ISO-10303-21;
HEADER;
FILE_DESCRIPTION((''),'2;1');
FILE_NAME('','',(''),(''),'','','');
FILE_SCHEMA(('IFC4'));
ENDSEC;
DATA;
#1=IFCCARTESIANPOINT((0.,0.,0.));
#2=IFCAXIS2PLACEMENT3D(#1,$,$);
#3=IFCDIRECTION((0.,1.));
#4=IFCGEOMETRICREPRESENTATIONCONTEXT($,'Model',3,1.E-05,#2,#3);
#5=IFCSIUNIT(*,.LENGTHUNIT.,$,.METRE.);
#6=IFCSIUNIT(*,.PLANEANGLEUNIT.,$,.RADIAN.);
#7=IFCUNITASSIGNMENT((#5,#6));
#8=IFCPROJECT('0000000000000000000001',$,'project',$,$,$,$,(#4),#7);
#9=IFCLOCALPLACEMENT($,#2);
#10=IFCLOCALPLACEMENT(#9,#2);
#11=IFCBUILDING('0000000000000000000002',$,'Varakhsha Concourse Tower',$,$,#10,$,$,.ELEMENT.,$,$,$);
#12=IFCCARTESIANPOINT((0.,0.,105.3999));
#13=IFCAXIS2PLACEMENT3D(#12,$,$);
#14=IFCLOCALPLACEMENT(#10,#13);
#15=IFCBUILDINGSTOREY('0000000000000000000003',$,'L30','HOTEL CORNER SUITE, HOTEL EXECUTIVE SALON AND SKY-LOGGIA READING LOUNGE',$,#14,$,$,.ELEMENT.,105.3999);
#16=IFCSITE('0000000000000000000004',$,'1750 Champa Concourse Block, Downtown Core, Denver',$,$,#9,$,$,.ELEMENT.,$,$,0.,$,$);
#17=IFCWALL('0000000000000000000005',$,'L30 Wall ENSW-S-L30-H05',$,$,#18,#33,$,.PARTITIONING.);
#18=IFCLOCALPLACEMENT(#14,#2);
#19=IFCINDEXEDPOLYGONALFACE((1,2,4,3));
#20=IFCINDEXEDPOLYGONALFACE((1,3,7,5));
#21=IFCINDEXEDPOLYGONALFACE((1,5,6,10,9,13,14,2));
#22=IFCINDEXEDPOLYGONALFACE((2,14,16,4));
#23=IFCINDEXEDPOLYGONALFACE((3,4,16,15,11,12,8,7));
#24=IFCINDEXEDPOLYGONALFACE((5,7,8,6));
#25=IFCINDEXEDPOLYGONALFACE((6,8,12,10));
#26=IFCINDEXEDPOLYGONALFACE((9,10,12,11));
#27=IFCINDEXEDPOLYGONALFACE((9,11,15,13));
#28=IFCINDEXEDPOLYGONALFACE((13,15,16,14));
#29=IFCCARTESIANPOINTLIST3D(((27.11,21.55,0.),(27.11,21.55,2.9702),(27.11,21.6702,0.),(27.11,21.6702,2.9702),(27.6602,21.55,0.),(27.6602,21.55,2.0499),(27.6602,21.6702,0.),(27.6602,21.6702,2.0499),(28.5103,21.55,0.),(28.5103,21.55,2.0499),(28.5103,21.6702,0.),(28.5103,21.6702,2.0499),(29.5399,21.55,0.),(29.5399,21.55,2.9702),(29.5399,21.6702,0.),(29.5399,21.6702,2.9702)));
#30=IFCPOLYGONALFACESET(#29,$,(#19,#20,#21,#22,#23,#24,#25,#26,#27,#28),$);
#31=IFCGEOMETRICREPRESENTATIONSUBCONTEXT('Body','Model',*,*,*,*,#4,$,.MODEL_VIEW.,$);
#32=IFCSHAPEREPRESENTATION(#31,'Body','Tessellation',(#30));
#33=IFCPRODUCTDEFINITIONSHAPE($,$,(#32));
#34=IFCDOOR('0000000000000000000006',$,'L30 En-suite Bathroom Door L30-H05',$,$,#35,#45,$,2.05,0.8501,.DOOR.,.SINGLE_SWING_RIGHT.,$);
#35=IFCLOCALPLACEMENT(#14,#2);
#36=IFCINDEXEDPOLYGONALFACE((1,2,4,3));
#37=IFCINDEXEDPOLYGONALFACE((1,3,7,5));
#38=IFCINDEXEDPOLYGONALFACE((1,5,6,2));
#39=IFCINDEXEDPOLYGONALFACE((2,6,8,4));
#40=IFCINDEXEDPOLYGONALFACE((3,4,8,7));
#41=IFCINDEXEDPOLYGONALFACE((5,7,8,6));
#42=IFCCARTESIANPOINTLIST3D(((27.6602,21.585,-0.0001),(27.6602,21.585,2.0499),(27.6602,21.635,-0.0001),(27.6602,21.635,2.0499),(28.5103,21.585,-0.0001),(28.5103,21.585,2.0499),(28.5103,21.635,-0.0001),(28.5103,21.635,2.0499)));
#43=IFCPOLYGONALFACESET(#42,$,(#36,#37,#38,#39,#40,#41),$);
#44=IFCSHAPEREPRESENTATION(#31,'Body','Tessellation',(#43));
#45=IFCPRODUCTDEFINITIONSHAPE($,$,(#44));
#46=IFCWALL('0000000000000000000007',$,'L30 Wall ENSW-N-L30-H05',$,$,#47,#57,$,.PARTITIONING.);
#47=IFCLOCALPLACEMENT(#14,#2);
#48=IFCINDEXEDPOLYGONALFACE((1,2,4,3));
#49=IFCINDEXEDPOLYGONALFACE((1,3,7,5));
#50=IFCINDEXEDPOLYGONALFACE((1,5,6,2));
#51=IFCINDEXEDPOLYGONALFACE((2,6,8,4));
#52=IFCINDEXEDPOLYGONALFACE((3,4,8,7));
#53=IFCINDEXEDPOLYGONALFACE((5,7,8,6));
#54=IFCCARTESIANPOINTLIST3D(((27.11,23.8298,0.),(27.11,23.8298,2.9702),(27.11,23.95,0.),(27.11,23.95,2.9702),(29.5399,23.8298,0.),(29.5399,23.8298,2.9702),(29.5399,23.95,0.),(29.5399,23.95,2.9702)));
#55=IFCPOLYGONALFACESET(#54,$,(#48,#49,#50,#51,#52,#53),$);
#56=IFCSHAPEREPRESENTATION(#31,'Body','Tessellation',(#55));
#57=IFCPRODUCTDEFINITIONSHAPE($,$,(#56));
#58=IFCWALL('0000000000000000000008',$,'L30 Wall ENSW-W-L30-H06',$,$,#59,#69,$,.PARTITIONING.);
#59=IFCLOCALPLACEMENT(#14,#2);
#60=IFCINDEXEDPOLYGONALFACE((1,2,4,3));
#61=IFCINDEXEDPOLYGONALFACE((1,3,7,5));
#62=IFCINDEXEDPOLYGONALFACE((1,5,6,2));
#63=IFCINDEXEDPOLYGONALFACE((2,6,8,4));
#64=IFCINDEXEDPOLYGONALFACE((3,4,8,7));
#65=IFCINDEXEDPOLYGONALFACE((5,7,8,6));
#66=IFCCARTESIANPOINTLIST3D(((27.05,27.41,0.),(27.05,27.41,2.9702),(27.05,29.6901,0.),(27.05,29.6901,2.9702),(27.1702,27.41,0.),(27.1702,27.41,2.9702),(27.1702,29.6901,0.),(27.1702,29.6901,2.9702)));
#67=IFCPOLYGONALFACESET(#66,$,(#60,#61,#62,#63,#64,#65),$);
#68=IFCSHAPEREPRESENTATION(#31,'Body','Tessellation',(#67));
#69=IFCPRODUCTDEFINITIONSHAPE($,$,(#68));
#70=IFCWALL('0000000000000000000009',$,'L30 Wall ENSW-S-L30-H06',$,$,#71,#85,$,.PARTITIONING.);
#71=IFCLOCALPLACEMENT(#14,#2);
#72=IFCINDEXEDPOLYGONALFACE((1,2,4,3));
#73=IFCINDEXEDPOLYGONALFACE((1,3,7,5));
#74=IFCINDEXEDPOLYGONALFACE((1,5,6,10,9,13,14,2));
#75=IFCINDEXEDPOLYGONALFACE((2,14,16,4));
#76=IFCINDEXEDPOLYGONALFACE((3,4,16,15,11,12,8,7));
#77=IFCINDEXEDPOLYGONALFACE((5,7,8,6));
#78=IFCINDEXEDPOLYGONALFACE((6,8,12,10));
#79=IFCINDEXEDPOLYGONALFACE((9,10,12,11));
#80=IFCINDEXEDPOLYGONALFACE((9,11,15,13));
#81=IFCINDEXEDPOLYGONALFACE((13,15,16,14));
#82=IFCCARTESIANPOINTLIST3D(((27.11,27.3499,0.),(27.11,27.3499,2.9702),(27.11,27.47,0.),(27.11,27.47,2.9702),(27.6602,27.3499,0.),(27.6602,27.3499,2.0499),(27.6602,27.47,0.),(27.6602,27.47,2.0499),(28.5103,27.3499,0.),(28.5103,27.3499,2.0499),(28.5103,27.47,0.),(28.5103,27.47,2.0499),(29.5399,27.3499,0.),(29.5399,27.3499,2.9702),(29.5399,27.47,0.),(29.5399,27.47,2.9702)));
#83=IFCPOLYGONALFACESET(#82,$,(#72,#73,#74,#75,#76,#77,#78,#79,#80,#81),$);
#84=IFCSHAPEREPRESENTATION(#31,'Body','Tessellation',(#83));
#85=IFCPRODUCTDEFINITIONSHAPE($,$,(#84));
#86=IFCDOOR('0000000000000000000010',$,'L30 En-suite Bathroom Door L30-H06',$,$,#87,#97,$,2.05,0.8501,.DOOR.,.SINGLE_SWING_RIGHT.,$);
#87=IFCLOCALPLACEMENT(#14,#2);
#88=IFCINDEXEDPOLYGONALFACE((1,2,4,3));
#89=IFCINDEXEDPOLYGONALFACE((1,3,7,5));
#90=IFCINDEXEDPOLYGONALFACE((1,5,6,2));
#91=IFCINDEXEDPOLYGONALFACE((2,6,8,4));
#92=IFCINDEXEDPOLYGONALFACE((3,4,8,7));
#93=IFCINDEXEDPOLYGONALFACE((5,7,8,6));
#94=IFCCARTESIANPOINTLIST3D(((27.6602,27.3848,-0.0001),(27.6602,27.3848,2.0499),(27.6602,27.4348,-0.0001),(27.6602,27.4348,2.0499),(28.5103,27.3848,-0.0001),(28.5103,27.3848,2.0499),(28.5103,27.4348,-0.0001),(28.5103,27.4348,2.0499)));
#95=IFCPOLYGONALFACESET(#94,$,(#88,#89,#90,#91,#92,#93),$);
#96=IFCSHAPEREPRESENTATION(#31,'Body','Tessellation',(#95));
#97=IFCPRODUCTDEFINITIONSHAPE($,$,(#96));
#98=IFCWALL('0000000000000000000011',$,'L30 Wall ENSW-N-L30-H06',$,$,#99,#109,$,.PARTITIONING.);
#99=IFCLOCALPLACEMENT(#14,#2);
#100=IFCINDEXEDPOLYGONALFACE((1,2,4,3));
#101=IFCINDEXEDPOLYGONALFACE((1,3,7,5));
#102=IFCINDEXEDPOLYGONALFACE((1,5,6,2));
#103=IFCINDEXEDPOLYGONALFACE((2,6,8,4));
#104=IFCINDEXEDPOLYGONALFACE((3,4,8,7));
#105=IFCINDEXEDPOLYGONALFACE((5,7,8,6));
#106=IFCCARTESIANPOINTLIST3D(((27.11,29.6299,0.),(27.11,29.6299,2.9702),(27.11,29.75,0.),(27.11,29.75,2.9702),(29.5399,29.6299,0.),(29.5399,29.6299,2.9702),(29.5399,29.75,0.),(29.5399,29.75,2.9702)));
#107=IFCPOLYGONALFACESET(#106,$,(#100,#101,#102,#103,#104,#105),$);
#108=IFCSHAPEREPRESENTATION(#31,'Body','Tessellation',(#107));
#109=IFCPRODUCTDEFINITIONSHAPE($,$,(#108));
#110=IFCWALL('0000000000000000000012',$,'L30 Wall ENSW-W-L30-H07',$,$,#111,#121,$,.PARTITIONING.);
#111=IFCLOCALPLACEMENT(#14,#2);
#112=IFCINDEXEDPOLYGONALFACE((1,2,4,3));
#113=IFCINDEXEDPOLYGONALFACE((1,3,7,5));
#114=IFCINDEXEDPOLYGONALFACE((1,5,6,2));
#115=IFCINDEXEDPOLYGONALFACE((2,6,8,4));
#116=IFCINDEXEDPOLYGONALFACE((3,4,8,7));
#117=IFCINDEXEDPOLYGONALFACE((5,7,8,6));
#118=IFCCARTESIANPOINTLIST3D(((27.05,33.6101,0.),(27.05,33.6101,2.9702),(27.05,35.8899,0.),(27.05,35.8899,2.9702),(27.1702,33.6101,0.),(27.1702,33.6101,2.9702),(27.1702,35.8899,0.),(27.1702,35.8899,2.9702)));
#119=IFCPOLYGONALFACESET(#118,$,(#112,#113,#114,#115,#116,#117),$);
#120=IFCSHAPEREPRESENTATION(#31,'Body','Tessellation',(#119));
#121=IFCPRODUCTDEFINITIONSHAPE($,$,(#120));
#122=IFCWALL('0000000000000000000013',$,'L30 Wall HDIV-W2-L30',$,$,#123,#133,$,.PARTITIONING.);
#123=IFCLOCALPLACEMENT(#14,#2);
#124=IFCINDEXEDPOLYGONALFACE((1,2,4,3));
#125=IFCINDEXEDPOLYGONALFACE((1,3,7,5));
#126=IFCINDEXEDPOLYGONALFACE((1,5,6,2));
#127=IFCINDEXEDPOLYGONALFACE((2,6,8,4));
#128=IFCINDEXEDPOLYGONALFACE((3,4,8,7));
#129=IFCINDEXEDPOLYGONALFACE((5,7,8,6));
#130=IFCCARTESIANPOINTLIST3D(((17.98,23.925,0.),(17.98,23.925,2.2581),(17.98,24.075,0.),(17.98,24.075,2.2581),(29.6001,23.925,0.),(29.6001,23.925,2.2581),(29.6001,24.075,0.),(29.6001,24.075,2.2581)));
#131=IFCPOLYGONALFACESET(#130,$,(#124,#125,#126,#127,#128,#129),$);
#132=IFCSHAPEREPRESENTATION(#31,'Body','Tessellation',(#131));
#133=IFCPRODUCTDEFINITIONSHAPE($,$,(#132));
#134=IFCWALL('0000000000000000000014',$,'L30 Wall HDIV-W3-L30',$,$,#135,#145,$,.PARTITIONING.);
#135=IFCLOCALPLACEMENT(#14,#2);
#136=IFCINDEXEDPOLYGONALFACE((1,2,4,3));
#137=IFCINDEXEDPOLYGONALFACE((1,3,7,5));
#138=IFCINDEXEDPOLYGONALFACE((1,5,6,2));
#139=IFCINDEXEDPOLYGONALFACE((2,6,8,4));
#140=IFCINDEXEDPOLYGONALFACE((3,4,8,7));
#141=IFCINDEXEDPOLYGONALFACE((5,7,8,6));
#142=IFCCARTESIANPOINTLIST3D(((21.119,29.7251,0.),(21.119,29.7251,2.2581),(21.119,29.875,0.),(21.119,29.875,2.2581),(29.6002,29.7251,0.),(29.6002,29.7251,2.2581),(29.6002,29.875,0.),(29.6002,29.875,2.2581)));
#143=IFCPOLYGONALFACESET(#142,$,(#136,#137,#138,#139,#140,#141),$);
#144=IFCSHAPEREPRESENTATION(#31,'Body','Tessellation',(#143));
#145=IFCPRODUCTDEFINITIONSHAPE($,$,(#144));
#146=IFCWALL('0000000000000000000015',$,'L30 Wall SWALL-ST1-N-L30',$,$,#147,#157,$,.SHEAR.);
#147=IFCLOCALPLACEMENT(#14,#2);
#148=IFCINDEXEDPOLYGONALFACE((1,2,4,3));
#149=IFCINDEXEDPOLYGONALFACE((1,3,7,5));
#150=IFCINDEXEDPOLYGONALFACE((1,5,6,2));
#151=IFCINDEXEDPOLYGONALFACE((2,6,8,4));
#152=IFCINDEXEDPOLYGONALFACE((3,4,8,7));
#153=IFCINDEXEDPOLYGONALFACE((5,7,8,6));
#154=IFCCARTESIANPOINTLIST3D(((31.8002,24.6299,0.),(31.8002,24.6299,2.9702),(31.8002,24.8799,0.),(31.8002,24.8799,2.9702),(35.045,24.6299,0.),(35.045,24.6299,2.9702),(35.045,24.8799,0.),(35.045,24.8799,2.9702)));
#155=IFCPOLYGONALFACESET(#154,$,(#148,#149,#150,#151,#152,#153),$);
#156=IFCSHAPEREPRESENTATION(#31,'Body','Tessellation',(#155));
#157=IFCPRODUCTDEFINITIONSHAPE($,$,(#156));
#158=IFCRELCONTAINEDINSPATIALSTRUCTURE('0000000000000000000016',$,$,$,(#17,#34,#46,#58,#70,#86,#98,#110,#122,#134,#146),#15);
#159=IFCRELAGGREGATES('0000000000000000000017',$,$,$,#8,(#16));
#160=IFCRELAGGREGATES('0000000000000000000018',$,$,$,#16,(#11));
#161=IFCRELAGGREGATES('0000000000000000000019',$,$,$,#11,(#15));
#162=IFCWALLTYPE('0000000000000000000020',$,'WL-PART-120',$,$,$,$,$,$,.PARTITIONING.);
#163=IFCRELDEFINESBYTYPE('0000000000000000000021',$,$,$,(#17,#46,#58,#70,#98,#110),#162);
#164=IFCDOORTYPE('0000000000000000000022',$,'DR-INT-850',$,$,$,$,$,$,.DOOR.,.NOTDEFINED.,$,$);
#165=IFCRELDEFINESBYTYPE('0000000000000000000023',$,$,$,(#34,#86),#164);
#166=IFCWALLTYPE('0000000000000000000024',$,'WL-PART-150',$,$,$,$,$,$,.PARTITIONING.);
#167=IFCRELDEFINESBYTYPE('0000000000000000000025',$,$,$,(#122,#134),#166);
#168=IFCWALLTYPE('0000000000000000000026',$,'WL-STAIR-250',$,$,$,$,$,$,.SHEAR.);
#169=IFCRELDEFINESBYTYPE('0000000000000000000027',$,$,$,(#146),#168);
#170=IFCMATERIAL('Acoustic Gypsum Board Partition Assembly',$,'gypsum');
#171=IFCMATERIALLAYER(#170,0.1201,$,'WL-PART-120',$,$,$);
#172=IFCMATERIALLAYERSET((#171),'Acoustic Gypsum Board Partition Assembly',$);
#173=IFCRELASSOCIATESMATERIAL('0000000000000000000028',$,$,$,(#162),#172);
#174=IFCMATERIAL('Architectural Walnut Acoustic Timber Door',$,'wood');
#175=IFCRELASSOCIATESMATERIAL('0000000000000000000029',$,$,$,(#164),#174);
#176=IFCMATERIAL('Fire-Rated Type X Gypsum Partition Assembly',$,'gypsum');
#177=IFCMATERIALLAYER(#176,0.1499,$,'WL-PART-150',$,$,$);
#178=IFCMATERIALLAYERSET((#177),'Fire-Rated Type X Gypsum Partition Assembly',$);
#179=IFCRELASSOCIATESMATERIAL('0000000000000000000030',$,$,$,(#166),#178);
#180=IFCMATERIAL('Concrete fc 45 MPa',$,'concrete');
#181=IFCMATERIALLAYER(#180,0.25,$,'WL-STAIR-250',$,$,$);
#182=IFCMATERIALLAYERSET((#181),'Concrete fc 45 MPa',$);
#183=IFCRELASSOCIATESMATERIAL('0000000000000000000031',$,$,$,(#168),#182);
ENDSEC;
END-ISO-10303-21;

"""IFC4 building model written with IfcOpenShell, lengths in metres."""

from ifc_helpers import new_model, si_unit, direction, frame, frame_2d, origin, place, context, subcontext, project, spatial, rectangle, extrude, material, layer, layer_set, type_object, element, fill, save


model = new_model("IFC4")

# Units and contexts
model_context = context("Model", 3, precision=1e-05, world=origin(), true_north=direction((0.0, 1.0)))
body_context = subcontext(model_context, "Body", "Model", "MODEL_VIEW")
ifc_project = project(units=[si_unit("LENGTHUNIT", "METRE"), si_unit("PLANEANGLEUNIT", "RADIAN")], contexts=[model_context])

# Site, building, storey
site_placement = place(None, origin())
site = spatial("IfcSite", under=ifc_project, at=site_placement, Name="1750 Champa Concourse Block, Downtown Core, Denver", CompositionType="ELEMENT", RefElevation=0.0)
building_placement = place(site_placement, origin())
building = spatial("IfcBuilding", under=site, at=building_placement, Name="Varakhsha Concourse Tower", CompositionType="ELEMENT")
storey_placement = place(building_placement, frame((0.0, 0.0, 105.3999)))
storey = spatial("IfcBuildingStorey", under=building, at=storey_placement, Name="L30", Description="HOTEL CORNER SUITE, HOTEL EXECUTIVE SALON AND SKY-LOGGIA READING LOUNGE", CompositionType="ELEMENT", Elevation=105.3999)

# Wall, opening, door
ifc_material_1 = material(Name="Acoustic Gypsum Board Partition Assembly", Category="gypsum")
ifc_layer_1 = layer(ifc_material_1, 0.1201, Name="WL-PART-120")
ifc_layer_set_1 = layer_set([ifc_layer_1], Name="Acoustic Gypsum Board Partition Assembly")
wall_type_1 = type_object("IfcWallType", Name="WL-PART-120", PredefinedType="PARTITIONING", material=ifc_layer_set_1)
wall_1_placement = place(storey_placement, frame((27.1101, 21.6101, 0.0), z_axis=(0.0, 0.0, 1.0), x_axis=(1.0, 0.0, 0.0)))
wall_1 = element("IfcWall", 1, at=wall_1_placement, inside=storey, type_object=wall_type_1, Name="L30 Wall ENSW-S-L30-H05", PredefinedType="PARTITIONING", context=body_context, shape_type="SweptSolid", body=[
    extrude(rectangle(XDim=2.4299, YDim=0.1201, at=frame_2d((1.2148, 0.0))), origin(), (0.0, 0.0, 1.0), 2.9702),
])
opening_1_placement = place(wall_1_placement, frame((0.55, 0.0, 0.0)))
opening_1 = element("IfcOpeningElement", 2, at=opening_1_placement, cuts=wall_1, PredefinedType="OPENING", context=body_context, shape_type="SweptSolid", body=[
    extrude(rectangle(XDim=0.8501, YDim=2.05, at=frame_2d((0.425, 1.0249))), frame((0.0, 0.0701, 0.0), z_axis=(0.0, -1.0, 0.0), x_axis=(1.0, 0.0, 0.0)), (0.0, 0.0, 1.0), 0.1401),
])
ifc_material_2 = material(Name="Architectural Walnut Acoustic Timber Door", Category="wood")
door_type_1 = type_object("IfcDoorType", Name="DR-INT-850", OperationType="NOTDEFINED", PredefinedType="DOOR", material=ifc_material_2)
door_1_placement = place(opening_1_placement, origin())
door_1 = element("IfcDoor", 3, at=door_1_placement, inside=storey, type_object=door_type_1, Name="L30 En-suite Bathroom Door L30-H05", OperationType="SINGLE_SWING_RIGHT", OverallHeight=2.05, OverallWidth=0.8501, PredefinedType="DOOR", context=body_context, shape_type="SweptSolid", body=[
    extrude(rectangle(XDim=0.8501, YDim=2.05, at=frame_2d((0.425, 1.0249))), frame((0.0, 0.0249, 0.0), z_axis=(0.0, -1.0, 0.0), x_axis=(1.0, 0.0, 0.0)), (0.0, 0.0, 1.0), 0.05),
])
fill(opening_1, door_1)

# Walls
wall_2_placement = place(storey_placement, frame((27.1101, 23.8899, 0.0), z_axis=(0.0, 0.0, 1.0), x_axis=(1.0, 0.0, 0.0)))
element("IfcWall", 4, at=wall_2_placement, inside=storey, type_object=wall_type_1, Name="L30 Wall ENSW-N-L30-H05", PredefinedType="PARTITIONING", context=body_context, shape_type="SweptSolid", body=[
    extrude(rectangle(XDim=2.4299, YDim=0.1201, at=frame_2d((1.2148, 0.0))), origin(), (0.0, 0.0, 1.0), 2.9702),
])
wall_3_placement = place(storey_placement, frame((27.1101, 27.4099, 0.0), z_axis=(0.0, 0.0, 1.0), x_axis=(0.0, 1.0, 0.0)))
element("IfcWall", 5, at=wall_3_placement, inside=storey, type_object=wall_type_1, Name="L30 Wall ENSW-W-L30-H06", PredefinedType="PARTITIONING", context=body_context, shape_type="SweptSolid", body=[
    extrude(rectangle(XDim=2.28, YDim=0.1201, at=frame_2d((1.1401, 0.0))), origin(), (0.0, 0.0, 1.0), 2.9702),
])

# Wall, opening, door
wall_4_placement = place(storey_placement, frame((27.1101, 27.4099, 0.0), z_axis=(0.0, 0.0, 1.0), x_axis=(1.0, 0.0, 0.0)))
wall_4 = element("IfcWall", 6, at=wall_4_placement, inside=storey, type_object=wall_type_1, Name="L30 Wall ENSW-S-L30-H06", PredefinedType="PARTITIONING", context=body_context, shape_type="SweptSolid", body=[
    extrude(rectangle(XDim=2.4299, YDim=0.1201, at=frame_2d((1.2148, 0.0))), origin(), (0.0, 0.0, 1.0), 2.9702),
])
opening_2_placement = place(wall_4_placement, frame((0.55, 0.0, 0.0)))
opening_2 = element("IfcOpeningElement", 7, at=opening_2_placement, cuts=wall_4, PredefinedType="OPENING", context=body_context, shape_type="SweptSolid", body=[
    extrude(rectangle(XDim=0.8501, YDim=2.05, at=frame_2d((0.425, 1.0249))), frame((0.0, 0.0701, 0.0), z_axis=(0.0, -1.0, 0.0), x_axis=(1.0, 0.0, 0.0)), (0.0, 0.0, 1.0), 0.1401),
])
door_2_placement = place(opening_2_placement, origin())
door_2 = element("IfcDoor", 8, at=door_2_placement, inside=storey, type_object=door_type_1, Name="L30 En-suite Bathroom Door L30-H06", OperationType="SINGLE_SWING_RIGHT", OverallHeight=2.05, OverallWidth=0.8501, PredefinedType="DOOR", context=body_context, shape_type="SweptSolid", body=[
    extrude(rectangle(XDim=0.8501, YDim=2.05, at=frame_2d((0.425, 1.0249))), frame((0.0, 0.0249, 0.0), z_axis=(0.0, -1.0, 0.0), x_axis=(1.0, 0.0, 0.0)), (0.0, 0.0, 1.0), 0.05),
])
fill(opening_2, door_2)

# Walls
wall_5_placement = place(storey_placement, frame((27.1101, 29.6899, 0.0), z_axis=(0.0, 0.0, 1.0), x_axis=(1.0, 0.0, 0.0)))
element("IfcWall", 9, at=wall_5_placement, inside=storey, type_object=wall_type_1, Name="L30 Wall ENSW-N-L30-H06", PredefinedType="PARTITIONING", context=body_context, shape_type="SweptSolid", body=[
    extrude(rectangle(XDim=2.4299, YDim=0.1201, at=frame_2d((1.2148, 0.0))), origin(), (0.0, 0.0, 1.0), 2.9702),
])
wall_6_placement = place(storey_placement, frame((27.1101, 33.6101, 0.0), z_axis=(0.0, 0.0, 1.0), x_axis=(0.0, 1.0, 0.0)))
element("IfcWall", 10, at=wall_6_placement, inside=storey, type_object=wall_type_1, Name="L30 Wall ENSW-W-L30-H07", PredefinedType="PARTITIONING", context=body_context, shape_type="SweptSolid", body=[
    extrude(rectangle(XDim=2.2798, YDim=0.1201, at=frame_2d((1.1399, 0.0))), origin(), (0.0, 0.0, 1.0), 2.9702),
])
ifc_material_3 = material(Name="Fire-Rated Type X Gypsum Partition Assembly", Category="gypsum")
ifc_layer_2 = layer(ifc_material_3, 0.1499, Name="WL-PART-150")
ifc_layer_set_2 = layer_set([ifc_layer_2], Name="Fire-Rated Type X Gypsum Partition Assembly")
wall_type_2 = type_object("IfcWallType", Name="WL-PART-150", PredefinedType="PARTITIONING", material=ifc_layer_set_2)
wall_7_placement = place(storey_placement, frame((17.98, 24.0, 0.0), z_axis=(0.0, 0.0, 1.0), x_axis=(1.0, 0.0, 0.0)))
element("IfcWall", 11, at=wall_7_placement, inside=storey, type_object=wall_type_2, Name="L30 Wall HDIV-W2-L30", PredefinedType="PARTITIONING", context=body_context, shape_type="SweptSolid", body=[
    extrude(rectangle(XDim=11.6201, YDim=0.1499, at=frame_2d((5.8101, 0.0))), origin(), (0.0, 0.0, 1.0), 2.2581),
])
wall_8_placement = place(storey_placement, frame((21.1189, 29.8, 0.0), z_axis=(0.0, 0.0, 1.0), x_axis=(1.0, 0.0, 0.0)))
element("IfcWall", 12, at=wall_8_placement, inside=storey, type_object=wall_type_2, Name="L30 Wall HDIV-W3-L30", PredefinedType="PARTITIONING", context=body_context, shape_type="SweptSolid", body=[
    extrude(rectangle(XDim=8.4812, YDim=0.1499, at=frame_2d((4.2407, 0.0))), origin(), (0.0, 0.0, 1.0), 2.2581),
])

# Wall
ifc_material_4 = material(Name="Concrete fc 45 MPa", Category="concrete")
ifc_layer_3 = layer(ifc_material_4, 0.25, Name="WL-STAIR-250")
ifc_layer_set_3 = layer_set([ifc_layer_3], Name="Concrete fc 45 MPa")
wall_type_3 = type_object("IfcWallType", Name="WL-STAIR-250", PredefinedType="SHEAR", material=ifc_layer_set_3)
wall_9_placement = place(storey_placement, frame((31.8, 24.7549, 0.0), z_axis=(0.0, 0.0, 1.0), x_axis=(1.0, 0.0, 0.0)))
element("IfcWall", 13, at=wall_9_placement, inside=storey, type_object=wall_type_3, Name="L30 Wall SWALL-ST1-N-L30", PredefinedType="SHEAR", context=body_context, shape_type="SweptSolid", body=[
    extrude(rectangle(XDim=3.2449, YDim=0.25, at=frame_2d((1.6226, 0.0))), origin(), (0.0, 0.0, 1.0), 2.9702),
])

save(model, "model.ifc")
